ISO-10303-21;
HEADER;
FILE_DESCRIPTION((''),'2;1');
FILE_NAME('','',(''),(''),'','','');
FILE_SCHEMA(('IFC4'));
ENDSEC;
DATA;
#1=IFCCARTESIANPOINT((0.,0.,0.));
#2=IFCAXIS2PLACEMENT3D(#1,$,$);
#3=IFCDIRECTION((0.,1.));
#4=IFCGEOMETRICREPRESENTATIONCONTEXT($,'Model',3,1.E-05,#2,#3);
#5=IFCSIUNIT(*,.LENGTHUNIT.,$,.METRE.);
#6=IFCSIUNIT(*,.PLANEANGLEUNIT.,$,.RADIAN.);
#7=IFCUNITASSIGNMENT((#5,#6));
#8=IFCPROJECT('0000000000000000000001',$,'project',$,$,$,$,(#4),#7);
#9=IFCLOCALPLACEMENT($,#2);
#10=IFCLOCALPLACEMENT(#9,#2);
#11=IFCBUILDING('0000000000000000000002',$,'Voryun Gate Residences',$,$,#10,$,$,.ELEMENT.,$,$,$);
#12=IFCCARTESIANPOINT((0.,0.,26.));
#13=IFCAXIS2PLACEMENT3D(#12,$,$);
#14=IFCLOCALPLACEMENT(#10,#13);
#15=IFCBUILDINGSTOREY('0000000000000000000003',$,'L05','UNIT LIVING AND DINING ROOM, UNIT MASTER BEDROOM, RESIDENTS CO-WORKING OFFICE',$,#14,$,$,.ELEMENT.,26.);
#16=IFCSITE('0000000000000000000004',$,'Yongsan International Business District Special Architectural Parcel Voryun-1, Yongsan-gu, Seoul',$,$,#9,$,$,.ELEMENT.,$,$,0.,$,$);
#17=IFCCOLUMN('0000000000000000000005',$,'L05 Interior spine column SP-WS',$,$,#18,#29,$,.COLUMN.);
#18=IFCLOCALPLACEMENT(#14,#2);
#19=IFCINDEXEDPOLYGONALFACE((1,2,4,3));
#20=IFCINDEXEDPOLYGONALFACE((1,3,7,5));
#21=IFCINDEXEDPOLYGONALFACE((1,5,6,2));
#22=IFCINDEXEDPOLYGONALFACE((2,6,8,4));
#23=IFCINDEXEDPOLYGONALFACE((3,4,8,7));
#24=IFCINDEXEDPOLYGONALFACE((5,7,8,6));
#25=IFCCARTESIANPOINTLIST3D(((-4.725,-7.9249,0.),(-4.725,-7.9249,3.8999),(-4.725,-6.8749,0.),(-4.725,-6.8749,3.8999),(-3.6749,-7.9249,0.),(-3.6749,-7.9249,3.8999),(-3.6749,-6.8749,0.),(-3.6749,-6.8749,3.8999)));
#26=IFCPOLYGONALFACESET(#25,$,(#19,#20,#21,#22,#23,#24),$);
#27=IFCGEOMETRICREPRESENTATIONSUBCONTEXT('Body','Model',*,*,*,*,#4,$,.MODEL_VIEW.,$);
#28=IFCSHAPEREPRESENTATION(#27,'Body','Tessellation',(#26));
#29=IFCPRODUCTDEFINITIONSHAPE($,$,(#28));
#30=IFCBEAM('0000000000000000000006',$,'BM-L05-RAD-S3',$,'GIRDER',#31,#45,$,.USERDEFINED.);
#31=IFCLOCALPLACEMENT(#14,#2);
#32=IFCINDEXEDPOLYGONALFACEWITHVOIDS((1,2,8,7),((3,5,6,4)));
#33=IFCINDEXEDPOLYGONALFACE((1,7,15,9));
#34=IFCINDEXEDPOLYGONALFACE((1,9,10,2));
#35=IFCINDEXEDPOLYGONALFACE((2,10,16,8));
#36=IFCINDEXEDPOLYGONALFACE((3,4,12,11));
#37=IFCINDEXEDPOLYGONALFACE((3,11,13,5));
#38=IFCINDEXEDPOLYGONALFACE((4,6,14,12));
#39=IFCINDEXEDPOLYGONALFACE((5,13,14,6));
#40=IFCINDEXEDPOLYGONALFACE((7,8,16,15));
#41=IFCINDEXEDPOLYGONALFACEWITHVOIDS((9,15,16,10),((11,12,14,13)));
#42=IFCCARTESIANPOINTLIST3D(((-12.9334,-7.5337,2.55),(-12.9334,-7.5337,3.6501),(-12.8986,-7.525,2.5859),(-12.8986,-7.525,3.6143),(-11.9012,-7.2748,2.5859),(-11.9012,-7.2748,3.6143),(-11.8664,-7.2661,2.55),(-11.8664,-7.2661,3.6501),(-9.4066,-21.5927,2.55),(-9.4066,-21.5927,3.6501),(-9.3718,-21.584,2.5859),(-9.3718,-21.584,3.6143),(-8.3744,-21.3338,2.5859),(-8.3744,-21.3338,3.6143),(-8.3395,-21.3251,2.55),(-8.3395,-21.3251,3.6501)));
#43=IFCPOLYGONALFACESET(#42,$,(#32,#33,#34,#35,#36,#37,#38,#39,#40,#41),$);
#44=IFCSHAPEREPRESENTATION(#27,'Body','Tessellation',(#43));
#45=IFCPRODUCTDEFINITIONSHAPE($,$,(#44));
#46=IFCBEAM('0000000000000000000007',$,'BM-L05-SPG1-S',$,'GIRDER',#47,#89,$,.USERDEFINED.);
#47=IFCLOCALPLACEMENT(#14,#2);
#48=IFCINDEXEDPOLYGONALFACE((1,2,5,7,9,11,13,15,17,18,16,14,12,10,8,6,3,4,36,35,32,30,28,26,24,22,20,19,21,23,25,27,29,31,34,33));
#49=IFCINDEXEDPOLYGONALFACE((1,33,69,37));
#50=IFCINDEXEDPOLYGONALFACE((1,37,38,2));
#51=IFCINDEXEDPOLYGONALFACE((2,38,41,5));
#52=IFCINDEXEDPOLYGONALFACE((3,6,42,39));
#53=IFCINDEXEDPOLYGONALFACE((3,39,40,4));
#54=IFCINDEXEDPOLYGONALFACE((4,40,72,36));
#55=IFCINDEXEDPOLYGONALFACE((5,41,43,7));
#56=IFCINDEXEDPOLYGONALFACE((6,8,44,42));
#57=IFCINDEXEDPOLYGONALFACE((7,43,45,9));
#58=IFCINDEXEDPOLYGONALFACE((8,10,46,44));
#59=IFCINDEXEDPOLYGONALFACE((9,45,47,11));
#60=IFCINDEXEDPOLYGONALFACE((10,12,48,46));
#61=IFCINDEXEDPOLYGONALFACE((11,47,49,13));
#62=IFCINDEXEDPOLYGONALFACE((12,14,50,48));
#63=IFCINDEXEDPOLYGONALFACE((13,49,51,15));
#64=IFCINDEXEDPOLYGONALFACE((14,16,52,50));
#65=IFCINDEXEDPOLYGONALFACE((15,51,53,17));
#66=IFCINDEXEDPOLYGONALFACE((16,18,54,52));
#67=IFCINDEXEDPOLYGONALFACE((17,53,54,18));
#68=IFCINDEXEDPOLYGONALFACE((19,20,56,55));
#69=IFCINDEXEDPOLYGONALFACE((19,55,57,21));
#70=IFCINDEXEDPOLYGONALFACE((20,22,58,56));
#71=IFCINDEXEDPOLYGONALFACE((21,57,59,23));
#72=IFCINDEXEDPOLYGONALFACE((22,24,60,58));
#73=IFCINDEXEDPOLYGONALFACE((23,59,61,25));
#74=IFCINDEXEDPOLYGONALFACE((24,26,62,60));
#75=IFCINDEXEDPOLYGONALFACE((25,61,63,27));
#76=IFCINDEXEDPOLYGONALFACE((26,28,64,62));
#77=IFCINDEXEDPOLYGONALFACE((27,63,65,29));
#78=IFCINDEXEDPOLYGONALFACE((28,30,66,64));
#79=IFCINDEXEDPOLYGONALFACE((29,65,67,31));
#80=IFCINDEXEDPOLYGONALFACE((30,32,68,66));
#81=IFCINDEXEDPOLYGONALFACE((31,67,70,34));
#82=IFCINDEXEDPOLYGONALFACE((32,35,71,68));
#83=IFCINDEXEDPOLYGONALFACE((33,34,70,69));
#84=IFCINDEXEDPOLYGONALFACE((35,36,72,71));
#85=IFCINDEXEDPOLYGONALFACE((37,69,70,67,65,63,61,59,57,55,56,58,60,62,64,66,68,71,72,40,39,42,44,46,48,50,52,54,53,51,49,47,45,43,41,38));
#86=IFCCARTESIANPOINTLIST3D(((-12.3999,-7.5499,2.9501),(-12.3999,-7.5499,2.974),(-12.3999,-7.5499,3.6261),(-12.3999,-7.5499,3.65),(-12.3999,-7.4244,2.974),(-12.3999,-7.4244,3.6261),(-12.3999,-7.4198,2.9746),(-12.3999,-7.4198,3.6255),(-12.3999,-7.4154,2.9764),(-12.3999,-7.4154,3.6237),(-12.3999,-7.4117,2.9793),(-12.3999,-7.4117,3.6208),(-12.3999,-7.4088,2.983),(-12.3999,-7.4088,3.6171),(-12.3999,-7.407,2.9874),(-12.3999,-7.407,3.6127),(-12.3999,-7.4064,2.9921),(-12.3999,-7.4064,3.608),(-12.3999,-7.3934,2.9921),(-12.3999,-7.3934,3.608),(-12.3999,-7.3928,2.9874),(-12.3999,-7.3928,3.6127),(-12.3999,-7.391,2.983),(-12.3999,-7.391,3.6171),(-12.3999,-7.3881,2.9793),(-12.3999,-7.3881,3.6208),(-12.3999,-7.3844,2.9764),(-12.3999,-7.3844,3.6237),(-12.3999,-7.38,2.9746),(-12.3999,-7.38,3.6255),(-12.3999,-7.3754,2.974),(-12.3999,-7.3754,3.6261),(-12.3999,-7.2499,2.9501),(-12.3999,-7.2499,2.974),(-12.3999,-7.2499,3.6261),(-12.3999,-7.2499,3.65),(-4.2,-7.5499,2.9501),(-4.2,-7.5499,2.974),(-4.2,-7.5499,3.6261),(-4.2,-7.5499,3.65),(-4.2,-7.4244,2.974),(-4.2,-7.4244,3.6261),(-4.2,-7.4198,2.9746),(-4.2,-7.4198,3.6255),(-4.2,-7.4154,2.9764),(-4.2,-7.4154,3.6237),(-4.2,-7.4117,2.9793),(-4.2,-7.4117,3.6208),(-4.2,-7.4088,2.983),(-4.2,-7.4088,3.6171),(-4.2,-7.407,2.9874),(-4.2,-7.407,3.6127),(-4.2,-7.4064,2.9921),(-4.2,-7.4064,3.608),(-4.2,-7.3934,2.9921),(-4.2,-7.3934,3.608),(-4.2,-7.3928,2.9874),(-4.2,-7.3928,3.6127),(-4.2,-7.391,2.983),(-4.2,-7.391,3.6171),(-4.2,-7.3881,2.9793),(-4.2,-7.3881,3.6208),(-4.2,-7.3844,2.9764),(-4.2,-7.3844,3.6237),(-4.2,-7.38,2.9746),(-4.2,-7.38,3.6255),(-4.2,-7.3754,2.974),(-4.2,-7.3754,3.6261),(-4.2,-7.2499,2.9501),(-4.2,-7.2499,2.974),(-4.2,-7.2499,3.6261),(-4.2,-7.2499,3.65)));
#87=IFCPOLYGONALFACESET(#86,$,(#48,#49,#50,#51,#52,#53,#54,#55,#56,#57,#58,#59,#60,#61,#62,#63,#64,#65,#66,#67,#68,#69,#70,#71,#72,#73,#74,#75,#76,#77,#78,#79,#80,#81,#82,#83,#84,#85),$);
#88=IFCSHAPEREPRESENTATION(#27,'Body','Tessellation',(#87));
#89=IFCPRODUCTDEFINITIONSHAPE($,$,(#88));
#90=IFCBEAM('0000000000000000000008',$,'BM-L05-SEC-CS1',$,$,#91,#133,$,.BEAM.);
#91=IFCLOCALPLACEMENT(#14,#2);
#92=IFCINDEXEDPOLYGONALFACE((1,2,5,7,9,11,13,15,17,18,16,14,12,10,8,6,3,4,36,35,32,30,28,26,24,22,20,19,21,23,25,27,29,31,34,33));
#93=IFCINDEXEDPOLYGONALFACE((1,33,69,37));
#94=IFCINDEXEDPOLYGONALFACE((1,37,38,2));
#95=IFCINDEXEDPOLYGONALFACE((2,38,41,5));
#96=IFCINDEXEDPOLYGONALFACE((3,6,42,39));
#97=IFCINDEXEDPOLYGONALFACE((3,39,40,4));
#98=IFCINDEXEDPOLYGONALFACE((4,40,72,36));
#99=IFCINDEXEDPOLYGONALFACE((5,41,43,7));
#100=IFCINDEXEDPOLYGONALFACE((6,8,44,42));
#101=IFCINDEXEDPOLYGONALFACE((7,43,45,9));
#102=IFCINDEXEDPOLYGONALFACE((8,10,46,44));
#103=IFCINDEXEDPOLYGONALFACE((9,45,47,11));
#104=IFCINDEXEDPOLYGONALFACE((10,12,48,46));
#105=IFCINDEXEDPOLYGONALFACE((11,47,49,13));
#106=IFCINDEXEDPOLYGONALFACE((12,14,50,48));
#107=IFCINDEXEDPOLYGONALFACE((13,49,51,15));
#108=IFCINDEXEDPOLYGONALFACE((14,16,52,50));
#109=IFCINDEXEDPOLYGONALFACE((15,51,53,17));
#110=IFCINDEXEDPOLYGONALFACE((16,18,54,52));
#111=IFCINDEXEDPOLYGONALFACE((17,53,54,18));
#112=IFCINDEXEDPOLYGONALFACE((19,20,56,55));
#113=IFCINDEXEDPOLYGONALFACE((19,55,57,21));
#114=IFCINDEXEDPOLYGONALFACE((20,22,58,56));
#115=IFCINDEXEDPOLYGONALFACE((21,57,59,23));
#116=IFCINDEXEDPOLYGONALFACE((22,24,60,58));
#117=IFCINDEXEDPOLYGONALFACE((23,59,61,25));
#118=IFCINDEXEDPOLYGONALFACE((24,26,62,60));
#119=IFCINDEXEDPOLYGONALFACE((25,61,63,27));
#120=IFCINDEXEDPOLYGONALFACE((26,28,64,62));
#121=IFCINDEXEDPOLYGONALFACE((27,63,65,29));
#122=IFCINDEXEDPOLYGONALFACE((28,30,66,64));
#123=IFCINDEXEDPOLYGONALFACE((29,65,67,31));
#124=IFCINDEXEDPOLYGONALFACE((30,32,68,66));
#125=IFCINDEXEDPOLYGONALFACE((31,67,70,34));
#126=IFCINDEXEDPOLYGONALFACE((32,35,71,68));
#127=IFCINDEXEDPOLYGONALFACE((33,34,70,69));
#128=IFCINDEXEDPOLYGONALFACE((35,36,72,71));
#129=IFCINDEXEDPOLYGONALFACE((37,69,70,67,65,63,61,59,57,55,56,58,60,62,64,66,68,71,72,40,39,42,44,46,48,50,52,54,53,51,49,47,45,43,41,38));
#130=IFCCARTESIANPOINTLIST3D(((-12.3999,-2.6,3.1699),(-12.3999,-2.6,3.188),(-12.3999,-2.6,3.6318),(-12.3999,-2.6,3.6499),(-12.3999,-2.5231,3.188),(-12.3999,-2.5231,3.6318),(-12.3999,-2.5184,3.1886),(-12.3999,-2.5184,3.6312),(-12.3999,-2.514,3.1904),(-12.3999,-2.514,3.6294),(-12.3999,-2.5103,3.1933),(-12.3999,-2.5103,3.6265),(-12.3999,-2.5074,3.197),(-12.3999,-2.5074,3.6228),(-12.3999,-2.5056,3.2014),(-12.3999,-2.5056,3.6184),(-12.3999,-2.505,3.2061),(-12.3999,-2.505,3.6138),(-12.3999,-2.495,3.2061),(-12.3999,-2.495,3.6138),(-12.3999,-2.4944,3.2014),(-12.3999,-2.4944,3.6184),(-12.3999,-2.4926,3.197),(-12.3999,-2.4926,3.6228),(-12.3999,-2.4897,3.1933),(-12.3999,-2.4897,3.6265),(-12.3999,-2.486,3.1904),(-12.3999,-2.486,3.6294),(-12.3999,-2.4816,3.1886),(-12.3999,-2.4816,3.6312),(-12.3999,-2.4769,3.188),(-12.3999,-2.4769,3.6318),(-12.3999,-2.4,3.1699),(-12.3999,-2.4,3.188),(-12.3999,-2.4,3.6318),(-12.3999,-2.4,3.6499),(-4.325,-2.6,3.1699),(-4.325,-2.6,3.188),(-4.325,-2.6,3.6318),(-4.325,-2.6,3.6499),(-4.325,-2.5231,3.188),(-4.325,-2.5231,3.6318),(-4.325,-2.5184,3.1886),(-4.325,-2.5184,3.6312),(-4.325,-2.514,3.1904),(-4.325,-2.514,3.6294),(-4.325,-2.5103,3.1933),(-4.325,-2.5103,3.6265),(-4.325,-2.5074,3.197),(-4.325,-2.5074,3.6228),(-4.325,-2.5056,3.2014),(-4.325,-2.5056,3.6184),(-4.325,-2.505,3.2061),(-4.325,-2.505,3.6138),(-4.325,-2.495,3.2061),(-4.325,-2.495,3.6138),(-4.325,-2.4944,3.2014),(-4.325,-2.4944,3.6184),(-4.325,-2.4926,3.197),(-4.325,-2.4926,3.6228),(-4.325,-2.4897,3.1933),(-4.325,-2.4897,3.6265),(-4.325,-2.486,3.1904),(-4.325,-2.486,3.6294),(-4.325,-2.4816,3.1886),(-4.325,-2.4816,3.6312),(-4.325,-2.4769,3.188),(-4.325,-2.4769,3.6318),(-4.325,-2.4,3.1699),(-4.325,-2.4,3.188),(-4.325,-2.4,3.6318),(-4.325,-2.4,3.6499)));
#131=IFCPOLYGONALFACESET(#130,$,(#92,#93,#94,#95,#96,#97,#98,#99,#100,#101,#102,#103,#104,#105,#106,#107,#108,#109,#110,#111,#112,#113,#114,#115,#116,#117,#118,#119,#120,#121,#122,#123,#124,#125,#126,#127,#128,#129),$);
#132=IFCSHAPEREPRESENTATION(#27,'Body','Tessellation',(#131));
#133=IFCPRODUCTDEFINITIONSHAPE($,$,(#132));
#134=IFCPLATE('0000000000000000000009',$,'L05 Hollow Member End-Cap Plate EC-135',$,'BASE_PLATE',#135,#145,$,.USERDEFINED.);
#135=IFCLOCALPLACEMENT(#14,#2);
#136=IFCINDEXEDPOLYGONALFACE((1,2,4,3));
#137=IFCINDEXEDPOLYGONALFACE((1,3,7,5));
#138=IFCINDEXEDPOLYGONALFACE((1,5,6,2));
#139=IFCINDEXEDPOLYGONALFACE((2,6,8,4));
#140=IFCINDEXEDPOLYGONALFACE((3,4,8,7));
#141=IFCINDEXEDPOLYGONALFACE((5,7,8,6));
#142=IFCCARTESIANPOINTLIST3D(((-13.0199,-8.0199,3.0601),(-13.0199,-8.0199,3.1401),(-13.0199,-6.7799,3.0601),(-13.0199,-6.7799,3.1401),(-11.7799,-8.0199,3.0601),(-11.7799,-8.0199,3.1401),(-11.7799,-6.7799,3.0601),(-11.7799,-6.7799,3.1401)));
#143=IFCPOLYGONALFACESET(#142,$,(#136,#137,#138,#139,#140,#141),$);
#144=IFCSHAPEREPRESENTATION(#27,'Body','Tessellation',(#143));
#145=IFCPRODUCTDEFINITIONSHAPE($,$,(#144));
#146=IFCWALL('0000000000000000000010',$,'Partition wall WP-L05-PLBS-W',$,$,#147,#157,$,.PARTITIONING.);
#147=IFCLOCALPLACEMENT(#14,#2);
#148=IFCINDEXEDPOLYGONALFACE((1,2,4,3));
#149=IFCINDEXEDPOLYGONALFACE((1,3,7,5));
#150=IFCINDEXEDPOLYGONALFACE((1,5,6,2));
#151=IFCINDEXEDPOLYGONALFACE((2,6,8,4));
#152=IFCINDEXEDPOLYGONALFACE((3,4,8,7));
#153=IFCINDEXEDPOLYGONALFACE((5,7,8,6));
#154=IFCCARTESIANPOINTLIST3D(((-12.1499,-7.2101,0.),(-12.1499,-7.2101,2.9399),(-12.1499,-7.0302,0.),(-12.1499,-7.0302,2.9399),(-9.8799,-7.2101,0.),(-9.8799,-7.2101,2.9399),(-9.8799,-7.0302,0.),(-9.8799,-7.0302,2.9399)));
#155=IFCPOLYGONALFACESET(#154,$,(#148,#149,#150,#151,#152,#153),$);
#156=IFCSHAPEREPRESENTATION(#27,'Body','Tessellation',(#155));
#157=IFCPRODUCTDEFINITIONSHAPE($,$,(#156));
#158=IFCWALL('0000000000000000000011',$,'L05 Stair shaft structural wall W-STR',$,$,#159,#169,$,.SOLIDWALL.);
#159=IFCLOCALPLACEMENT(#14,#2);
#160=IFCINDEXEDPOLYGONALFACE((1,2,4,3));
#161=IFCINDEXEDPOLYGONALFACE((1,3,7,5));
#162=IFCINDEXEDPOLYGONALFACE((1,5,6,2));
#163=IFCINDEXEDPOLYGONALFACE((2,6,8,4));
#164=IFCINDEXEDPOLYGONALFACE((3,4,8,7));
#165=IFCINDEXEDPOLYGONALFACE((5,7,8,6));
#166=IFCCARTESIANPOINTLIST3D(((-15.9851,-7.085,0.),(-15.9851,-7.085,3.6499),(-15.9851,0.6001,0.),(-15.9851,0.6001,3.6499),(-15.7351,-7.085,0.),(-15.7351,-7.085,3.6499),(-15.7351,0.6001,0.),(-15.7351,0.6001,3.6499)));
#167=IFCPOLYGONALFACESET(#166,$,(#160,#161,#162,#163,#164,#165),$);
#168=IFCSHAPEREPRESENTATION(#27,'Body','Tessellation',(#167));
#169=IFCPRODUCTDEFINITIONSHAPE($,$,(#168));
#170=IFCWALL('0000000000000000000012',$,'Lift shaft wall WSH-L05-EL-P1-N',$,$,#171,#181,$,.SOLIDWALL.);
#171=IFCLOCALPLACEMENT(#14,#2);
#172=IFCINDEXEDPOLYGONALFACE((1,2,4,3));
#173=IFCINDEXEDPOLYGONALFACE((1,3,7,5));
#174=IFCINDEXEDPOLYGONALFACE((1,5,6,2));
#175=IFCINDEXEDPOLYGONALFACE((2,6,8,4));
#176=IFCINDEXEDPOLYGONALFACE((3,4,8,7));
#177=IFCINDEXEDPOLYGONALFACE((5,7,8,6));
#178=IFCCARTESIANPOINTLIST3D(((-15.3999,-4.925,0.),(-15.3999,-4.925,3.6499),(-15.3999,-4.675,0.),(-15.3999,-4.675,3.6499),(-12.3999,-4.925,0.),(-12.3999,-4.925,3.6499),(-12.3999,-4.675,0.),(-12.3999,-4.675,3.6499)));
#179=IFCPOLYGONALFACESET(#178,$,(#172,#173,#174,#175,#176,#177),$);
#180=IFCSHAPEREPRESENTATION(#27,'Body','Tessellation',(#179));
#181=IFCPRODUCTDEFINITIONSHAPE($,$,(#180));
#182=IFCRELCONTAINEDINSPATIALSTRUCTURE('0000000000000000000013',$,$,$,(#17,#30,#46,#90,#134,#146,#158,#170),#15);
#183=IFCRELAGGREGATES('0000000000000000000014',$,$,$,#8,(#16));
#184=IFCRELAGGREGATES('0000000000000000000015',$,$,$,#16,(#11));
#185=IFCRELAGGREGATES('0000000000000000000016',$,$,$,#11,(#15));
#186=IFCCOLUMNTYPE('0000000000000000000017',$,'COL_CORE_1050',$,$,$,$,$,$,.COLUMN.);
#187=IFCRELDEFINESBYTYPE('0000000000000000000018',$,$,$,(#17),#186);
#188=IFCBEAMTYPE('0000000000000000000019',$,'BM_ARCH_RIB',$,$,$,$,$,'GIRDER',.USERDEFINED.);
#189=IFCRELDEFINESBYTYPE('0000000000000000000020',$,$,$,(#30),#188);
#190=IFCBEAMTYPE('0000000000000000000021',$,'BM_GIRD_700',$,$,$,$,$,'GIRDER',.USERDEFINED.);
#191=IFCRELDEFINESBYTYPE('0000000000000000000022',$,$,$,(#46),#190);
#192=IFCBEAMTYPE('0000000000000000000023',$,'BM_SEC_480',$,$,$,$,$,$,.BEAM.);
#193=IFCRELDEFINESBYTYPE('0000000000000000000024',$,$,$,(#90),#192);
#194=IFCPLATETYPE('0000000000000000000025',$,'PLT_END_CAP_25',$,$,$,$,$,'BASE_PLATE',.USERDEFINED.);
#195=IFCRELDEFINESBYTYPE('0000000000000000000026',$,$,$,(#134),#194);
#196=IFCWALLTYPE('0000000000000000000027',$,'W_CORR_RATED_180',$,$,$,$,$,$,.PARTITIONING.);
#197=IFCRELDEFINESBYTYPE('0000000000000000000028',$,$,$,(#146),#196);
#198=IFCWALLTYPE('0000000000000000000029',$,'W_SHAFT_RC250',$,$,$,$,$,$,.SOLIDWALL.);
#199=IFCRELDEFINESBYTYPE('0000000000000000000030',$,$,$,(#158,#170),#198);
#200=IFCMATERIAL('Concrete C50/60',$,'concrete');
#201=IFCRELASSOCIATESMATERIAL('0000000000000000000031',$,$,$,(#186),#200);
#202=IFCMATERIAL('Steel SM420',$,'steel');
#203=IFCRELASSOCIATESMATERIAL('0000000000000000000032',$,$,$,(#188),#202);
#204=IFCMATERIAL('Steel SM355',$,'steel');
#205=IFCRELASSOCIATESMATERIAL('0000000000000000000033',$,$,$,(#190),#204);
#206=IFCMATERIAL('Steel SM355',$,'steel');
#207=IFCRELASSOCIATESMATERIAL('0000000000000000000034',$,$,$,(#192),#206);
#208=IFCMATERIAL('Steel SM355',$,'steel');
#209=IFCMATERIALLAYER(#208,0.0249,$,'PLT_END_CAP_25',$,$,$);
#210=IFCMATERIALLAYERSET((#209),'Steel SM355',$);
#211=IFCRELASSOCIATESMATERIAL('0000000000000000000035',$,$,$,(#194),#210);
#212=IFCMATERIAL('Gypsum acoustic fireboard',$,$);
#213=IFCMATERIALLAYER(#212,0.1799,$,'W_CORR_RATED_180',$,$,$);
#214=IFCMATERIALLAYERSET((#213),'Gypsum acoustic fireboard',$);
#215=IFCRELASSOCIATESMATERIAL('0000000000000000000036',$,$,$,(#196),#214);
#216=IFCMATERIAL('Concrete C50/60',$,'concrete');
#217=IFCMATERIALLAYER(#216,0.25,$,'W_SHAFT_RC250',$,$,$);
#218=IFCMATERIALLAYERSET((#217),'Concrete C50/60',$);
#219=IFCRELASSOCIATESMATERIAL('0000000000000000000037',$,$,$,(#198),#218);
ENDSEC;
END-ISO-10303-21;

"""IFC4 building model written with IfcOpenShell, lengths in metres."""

from ifc_helpers import new_model, si_unit, direction, frame, frame_2d, origin, origin_2d, place, context, subcontext, project, spatial, rectangle, hollow_rectangle, i_section, extrude, material, layer, layer_set, material_profile, profile_set, type_object, element, save


model = new_model("IFC4")

# Units and contexts
model_context = context("Model", 3, precision=1e-05, world=origin(), true_north=direction((0.0, 1.0)))
body_context = subcontext(model_context, "Body", "Model", "MODEL_VIEW")
ifc_project = project(units=[si_unit("LENGTHUNIT", "METRE"), si_unit("PLANEANGLEUNIT", "RADIAN")], contexts=[model_context])

# Site, building, storey
site_placement = place(None, origin())
site = spatial("IfcSite", under=ifc_project, at=site_placement, Name="Yongsan International Business District Special Architectural Parcel Voryun-1, Yongsan-gu, Seoul", CompositionType="ELEMENT", RefElevation=0.0)
building_placement = place(site_placement, origin())
building = spatial("IfcBuilding", under=site, at=building_placement, Name="Voryun Gate Residences", CompositionType="ELEMENT")
storey_placement = place(building_placement, frame((0.0, 0.0, 26.0)))
storey = spatial("IfcBuildingStorey", under=building, at=storey_placement, Name="L05", Description="UNIT LIVING AND DINING ROOM, UNIT MASTER BEDROOM, RESIDENTS CO-WORKING OFFICE", CompositionType="ELEMENT", Elevation=26.0)

# Column
ifc_material_1 = material(Name="Concrete C50/60", Category="concrete")
ifc_material_profile_1 = material_profile(ifc_material_1, rectangle(XDim=1.05, YDim=1.05, at=origin_2d()), Name="RC-1050x1050")
ifc_profile_set_1 = profile_set([ifc_material_profile_1], Name="Concrete C50/60")
column_type = type_object("IfcColumnType", Name="COL_CORE_1050", PredefinedType="COLUMN", material=ifc_profile_set_1)
column_placement = place(storey_placement, frame((-4.2, -7.3999, 0.0), z_axis=(0.0, 0.0, 1.0), x_axis=(1.0, 0.0, 0.0)))
element("IfcColumn", 1, at=column_placement, inside=storey, type_object=column_type, Name="L05 Interior spine column SP-WS", PredefinedType="COLUMN", context=body_context, shape_type="SweptSolid", body=[
    extrude(rectangle(XDim=1.05, YDim=1.05, at=origin_2d()), origin(), (0.0, 0.0, 1.0), 3.8999),
])

# Beams
ifc_material_2 = material(Name="Steel SM420", Category="steel")
ifc_material_profile_2 = material_profile(ifc_material_2, hollow_rectangle(XDim=1.1001, YDim=1.1001, WallThickness=0.0359, at=origin_2d()), Name="BOX-1100x1100x36")
ifc_profile_set_2 = profile_set([ifc_material_profile_2], Name="Steel SM420")
beam_type_1 = type_object("IfcBeamType", Name="BM_ARCH_RIB", ElementType="GIRDER", PredefinedType="USERDEFINED", material=ifc_profile_set_2)
beam_1_placement = place(storey_placement, frame((-12.3999, -7.3999, 3.1001), z_axis=(0.24332, -0.969946, 0.0), x_axis=(0.969946, 0.24332, 0.0)))
element("IfcBeam", 2, at=beam_1_placement, inside=storey, type_object=beam_type_1, Name="BM-L05-RAD-S3", ObjectType="GIRDER", PredefinedType="USERDEFINED", context=body_context, shape_type="SweptSolid", body=[
    extrude(hollow_rectangle(XDim=1.1001, YDim=1.1001, WallThickness=0.0359, at=origin_2d()), origin(), (0.0, 0.0, 1.0), 14.4946),
])
ifc_material_3 = material(Name="Steel SM355", Category="steel")
ifc_material_profile_3 = material_profile(ifc_material_3, i_section(OverallWidth=0.3, OverallDepth=0.7, WebThickness=0.0129, FlangeThickness=0.0239, FilletRadius=0.0181, at=origin_2d()), Name="H-700x300x13x24")
ifc_profile_set_3 = profile_set([ifc_material_profile_3], Name="Steel SM355")
beam_type_2 = type_object("IfcBeamType", Name="BM_GIRD_700", ElementType="GIRDER", PredefinedType="USERDEFINED", material=ifc_profile_set_3)
beam_2_placement = place(storey_placement, frame((-12.3999, -7.3999, 3.3), z_axis=(1.0, 0.0, 0.0), x_axis=(0.0, 1.0, 0.0)))
element("IfcBeam", 3, at=beam_2_placement, inside=storey, type_object=beam_type_2, Name="BM-L05-SPG1-S", ObjectType="GIRDER", PredefinedType="USERDEFINED", context=body_context, shape_type="SweptSolid", body=[
    extrude(i_section(OverallWidth=0.3, OverallDepth=0.7, WebThickness=0.0129, FlangeThickness=0.0239, FilletRadius=0.0181, at=origin_2d()), origin(), (0.0, 0.0, 1.0), 8.2),
])
ifc_material_4 = material(Name="Steel SM355", Category="steel")
ifc_material_profile_4 = material_profile(ifc_material_4, i_section(OverallWidth=0.2, OverallDepth=0.48, WebThickness=0.01, FlangeThickness=0.0181, FilletRadius=0.0181, at=origin_2d()), Name="H-480x200x10x18")
ifc_profile_set_4 = profile_set([ifc_material_profile_4], Name="Steel SM355")
beam_type_3 = type_object("IfcBeamType", Name="BM_SEC_480", PredefinedType="BEAM", material=ifc_profile_set_4)
beam_3_placement = place(storey_placement, frame((-12.3999, -2.5, 3.4099), z_axis=(1.0, 0.0, 0.0), x_axis=(0.0, 1.0, 0.0)))
element("IfcBeam", 4, at=beam_3_placement, inside=storey, type_object=beam_type_3, Name="BM-L05-SEC-CS1", PredefinedType="BEAM", context=body_context, shape_type="SweptSolid", body=[
    extrude(i_section(OverallWidth=0.2, OverallDepth=0.48, WebThickness=0.01, FlangeThickness=0.0181, FilletRadius=0.0181, at=origin_2d()), origin(), (0.0, 0.0, 1.0), 8.075),
])

# Plate
ifc_material_5 = material(Name="Steel SM355", Category="steel")
ifc_layer_1 = layer(ifc_material_5, 0.0249, Name="PLT_END_CAP_25")
ifc_layer_set_1 = layer_set([ifc_layer_1], Name="Steel SM355")
plate_type = type_object("IfcPlateType", Name="PLT_END_CAP_25", ElementType="BASE_PLATE", PredefinedType="USERDEFINED", material=ifc_layer_set_1)
plate_placement = place(storey_placement, frame((-12.3999, -7.3999, 3.0601), z_axis=(0.0, 0.0, 1.0), x_axis=(1.0, 0.0, 0.0)))
element("IfcPlate", 5, at=plate_placement, inside=storey, type_object=plate_type, Name="L05 Hollow Member End-Cap Plate EC-135", ObjectType="BASE_PLATE", PredefinedType="USERDEFINED", context=body_context, shape_type="SweptSolid", body=[
    extrude(rectangle(XDim=1.24, YDim=1.24, at=origin_2d()), origin(), (0.0, 0.0, 1.0), 0.0801),
])

# Walls
ifc_material_6 = material(Name="Gypsum acoustic fireboard")
ifc_layer_2 = layer(ifc_material_6, 0.1799, Name="W_CORR_RATED_180")
ifc_layer_set_2 = layer_set([ifc_layer_2], Name="Gypsum acoustic fireboard")
wall_type_1 = type_object("IfcWallType", Name="W_CORR_RATED_180", PredefinedType="PARTITIONING", material=ifc_layer_set_2)
wall_1_placement = place(storey_placement, frame((-12.1499, -7.1201, 0.0), z_axis=(0.0, 0.0, 1.0), x_axis=(1.0, 0.0, 0.0)))
element("IfcWall", 6, at=wall_1_placement, inside=storey, type_object=wall_type_1, Name="Partition wall WP-L05-PLBS-W", PredefinedType="PARTITIONING", context=body_context, shape_type="SweptSolid", body=[
    extrude(rectangle(XDim=2.27, YDim=0.1799, at=frame_2d((1.135, 0.0))), origin(), (0.0, 0.0, 1.0), 2.9399),
])
ifc_material_7 = material(Name="Concrete C50/60", Category="concrete")
ifc_layer_3 = layer(ifc_material_7, 0.25, Name="W_SHAFT_RC250")
ifc_layer_set_3 = layer_set([ifc_layer_3], Name="Concrete C50/60")
wall_type_2 = type_object("IfcWallType", Name="W_SHAFT_RC250", PredefinedType="SOLIDWALL", material=ifc_layer_set_3)
wall_2_placement = place(storey_placement, frame((-15.8601, -7.085, 0.0), z_axis=(0.0, 0.0, 1.0), x_axis=(0.0, 1.0, 0.0)))
element("IfcWall", 7, at=wall_2_placement, inside=storey, type_object=wall_type_2, Name="L05 Stair shaft structural wall W-STR", PredefinedType="SOLIDWALL", context=body_context, shape_type="SweptSolid", body=[
    extrude(rectangle(XDim=7.6851, YDim=0.25, at=frame_2d((3.8425, 0.0))), origin(), (0.0, 0.0, 1.0), 3.6499),
])
wall_3_placement = place(storey_placement, frame((-12.3999, -4.8, 0.0), z_axis=(0.0, 0.0, 1.0), x_axis=(-1.0, 0.0, 0.0)))
element("IfcWall", 8, at=wall_3_placement, inside=storey, type_object=wall_type_2, Name="Lift shaft wall WSH-L05-EL-P1-N", PredefinedType="SOLIDWALL", context=body_context, shape_type="SweptSolid", body=[
    extrude(rectangle(XDim=3.0, YDim=0.25, at=frame_2d((1.5, 0.0))), origin(), (0.0, 0.0, 1.0), 3.6499),
])

save(model, "model.ifc")
